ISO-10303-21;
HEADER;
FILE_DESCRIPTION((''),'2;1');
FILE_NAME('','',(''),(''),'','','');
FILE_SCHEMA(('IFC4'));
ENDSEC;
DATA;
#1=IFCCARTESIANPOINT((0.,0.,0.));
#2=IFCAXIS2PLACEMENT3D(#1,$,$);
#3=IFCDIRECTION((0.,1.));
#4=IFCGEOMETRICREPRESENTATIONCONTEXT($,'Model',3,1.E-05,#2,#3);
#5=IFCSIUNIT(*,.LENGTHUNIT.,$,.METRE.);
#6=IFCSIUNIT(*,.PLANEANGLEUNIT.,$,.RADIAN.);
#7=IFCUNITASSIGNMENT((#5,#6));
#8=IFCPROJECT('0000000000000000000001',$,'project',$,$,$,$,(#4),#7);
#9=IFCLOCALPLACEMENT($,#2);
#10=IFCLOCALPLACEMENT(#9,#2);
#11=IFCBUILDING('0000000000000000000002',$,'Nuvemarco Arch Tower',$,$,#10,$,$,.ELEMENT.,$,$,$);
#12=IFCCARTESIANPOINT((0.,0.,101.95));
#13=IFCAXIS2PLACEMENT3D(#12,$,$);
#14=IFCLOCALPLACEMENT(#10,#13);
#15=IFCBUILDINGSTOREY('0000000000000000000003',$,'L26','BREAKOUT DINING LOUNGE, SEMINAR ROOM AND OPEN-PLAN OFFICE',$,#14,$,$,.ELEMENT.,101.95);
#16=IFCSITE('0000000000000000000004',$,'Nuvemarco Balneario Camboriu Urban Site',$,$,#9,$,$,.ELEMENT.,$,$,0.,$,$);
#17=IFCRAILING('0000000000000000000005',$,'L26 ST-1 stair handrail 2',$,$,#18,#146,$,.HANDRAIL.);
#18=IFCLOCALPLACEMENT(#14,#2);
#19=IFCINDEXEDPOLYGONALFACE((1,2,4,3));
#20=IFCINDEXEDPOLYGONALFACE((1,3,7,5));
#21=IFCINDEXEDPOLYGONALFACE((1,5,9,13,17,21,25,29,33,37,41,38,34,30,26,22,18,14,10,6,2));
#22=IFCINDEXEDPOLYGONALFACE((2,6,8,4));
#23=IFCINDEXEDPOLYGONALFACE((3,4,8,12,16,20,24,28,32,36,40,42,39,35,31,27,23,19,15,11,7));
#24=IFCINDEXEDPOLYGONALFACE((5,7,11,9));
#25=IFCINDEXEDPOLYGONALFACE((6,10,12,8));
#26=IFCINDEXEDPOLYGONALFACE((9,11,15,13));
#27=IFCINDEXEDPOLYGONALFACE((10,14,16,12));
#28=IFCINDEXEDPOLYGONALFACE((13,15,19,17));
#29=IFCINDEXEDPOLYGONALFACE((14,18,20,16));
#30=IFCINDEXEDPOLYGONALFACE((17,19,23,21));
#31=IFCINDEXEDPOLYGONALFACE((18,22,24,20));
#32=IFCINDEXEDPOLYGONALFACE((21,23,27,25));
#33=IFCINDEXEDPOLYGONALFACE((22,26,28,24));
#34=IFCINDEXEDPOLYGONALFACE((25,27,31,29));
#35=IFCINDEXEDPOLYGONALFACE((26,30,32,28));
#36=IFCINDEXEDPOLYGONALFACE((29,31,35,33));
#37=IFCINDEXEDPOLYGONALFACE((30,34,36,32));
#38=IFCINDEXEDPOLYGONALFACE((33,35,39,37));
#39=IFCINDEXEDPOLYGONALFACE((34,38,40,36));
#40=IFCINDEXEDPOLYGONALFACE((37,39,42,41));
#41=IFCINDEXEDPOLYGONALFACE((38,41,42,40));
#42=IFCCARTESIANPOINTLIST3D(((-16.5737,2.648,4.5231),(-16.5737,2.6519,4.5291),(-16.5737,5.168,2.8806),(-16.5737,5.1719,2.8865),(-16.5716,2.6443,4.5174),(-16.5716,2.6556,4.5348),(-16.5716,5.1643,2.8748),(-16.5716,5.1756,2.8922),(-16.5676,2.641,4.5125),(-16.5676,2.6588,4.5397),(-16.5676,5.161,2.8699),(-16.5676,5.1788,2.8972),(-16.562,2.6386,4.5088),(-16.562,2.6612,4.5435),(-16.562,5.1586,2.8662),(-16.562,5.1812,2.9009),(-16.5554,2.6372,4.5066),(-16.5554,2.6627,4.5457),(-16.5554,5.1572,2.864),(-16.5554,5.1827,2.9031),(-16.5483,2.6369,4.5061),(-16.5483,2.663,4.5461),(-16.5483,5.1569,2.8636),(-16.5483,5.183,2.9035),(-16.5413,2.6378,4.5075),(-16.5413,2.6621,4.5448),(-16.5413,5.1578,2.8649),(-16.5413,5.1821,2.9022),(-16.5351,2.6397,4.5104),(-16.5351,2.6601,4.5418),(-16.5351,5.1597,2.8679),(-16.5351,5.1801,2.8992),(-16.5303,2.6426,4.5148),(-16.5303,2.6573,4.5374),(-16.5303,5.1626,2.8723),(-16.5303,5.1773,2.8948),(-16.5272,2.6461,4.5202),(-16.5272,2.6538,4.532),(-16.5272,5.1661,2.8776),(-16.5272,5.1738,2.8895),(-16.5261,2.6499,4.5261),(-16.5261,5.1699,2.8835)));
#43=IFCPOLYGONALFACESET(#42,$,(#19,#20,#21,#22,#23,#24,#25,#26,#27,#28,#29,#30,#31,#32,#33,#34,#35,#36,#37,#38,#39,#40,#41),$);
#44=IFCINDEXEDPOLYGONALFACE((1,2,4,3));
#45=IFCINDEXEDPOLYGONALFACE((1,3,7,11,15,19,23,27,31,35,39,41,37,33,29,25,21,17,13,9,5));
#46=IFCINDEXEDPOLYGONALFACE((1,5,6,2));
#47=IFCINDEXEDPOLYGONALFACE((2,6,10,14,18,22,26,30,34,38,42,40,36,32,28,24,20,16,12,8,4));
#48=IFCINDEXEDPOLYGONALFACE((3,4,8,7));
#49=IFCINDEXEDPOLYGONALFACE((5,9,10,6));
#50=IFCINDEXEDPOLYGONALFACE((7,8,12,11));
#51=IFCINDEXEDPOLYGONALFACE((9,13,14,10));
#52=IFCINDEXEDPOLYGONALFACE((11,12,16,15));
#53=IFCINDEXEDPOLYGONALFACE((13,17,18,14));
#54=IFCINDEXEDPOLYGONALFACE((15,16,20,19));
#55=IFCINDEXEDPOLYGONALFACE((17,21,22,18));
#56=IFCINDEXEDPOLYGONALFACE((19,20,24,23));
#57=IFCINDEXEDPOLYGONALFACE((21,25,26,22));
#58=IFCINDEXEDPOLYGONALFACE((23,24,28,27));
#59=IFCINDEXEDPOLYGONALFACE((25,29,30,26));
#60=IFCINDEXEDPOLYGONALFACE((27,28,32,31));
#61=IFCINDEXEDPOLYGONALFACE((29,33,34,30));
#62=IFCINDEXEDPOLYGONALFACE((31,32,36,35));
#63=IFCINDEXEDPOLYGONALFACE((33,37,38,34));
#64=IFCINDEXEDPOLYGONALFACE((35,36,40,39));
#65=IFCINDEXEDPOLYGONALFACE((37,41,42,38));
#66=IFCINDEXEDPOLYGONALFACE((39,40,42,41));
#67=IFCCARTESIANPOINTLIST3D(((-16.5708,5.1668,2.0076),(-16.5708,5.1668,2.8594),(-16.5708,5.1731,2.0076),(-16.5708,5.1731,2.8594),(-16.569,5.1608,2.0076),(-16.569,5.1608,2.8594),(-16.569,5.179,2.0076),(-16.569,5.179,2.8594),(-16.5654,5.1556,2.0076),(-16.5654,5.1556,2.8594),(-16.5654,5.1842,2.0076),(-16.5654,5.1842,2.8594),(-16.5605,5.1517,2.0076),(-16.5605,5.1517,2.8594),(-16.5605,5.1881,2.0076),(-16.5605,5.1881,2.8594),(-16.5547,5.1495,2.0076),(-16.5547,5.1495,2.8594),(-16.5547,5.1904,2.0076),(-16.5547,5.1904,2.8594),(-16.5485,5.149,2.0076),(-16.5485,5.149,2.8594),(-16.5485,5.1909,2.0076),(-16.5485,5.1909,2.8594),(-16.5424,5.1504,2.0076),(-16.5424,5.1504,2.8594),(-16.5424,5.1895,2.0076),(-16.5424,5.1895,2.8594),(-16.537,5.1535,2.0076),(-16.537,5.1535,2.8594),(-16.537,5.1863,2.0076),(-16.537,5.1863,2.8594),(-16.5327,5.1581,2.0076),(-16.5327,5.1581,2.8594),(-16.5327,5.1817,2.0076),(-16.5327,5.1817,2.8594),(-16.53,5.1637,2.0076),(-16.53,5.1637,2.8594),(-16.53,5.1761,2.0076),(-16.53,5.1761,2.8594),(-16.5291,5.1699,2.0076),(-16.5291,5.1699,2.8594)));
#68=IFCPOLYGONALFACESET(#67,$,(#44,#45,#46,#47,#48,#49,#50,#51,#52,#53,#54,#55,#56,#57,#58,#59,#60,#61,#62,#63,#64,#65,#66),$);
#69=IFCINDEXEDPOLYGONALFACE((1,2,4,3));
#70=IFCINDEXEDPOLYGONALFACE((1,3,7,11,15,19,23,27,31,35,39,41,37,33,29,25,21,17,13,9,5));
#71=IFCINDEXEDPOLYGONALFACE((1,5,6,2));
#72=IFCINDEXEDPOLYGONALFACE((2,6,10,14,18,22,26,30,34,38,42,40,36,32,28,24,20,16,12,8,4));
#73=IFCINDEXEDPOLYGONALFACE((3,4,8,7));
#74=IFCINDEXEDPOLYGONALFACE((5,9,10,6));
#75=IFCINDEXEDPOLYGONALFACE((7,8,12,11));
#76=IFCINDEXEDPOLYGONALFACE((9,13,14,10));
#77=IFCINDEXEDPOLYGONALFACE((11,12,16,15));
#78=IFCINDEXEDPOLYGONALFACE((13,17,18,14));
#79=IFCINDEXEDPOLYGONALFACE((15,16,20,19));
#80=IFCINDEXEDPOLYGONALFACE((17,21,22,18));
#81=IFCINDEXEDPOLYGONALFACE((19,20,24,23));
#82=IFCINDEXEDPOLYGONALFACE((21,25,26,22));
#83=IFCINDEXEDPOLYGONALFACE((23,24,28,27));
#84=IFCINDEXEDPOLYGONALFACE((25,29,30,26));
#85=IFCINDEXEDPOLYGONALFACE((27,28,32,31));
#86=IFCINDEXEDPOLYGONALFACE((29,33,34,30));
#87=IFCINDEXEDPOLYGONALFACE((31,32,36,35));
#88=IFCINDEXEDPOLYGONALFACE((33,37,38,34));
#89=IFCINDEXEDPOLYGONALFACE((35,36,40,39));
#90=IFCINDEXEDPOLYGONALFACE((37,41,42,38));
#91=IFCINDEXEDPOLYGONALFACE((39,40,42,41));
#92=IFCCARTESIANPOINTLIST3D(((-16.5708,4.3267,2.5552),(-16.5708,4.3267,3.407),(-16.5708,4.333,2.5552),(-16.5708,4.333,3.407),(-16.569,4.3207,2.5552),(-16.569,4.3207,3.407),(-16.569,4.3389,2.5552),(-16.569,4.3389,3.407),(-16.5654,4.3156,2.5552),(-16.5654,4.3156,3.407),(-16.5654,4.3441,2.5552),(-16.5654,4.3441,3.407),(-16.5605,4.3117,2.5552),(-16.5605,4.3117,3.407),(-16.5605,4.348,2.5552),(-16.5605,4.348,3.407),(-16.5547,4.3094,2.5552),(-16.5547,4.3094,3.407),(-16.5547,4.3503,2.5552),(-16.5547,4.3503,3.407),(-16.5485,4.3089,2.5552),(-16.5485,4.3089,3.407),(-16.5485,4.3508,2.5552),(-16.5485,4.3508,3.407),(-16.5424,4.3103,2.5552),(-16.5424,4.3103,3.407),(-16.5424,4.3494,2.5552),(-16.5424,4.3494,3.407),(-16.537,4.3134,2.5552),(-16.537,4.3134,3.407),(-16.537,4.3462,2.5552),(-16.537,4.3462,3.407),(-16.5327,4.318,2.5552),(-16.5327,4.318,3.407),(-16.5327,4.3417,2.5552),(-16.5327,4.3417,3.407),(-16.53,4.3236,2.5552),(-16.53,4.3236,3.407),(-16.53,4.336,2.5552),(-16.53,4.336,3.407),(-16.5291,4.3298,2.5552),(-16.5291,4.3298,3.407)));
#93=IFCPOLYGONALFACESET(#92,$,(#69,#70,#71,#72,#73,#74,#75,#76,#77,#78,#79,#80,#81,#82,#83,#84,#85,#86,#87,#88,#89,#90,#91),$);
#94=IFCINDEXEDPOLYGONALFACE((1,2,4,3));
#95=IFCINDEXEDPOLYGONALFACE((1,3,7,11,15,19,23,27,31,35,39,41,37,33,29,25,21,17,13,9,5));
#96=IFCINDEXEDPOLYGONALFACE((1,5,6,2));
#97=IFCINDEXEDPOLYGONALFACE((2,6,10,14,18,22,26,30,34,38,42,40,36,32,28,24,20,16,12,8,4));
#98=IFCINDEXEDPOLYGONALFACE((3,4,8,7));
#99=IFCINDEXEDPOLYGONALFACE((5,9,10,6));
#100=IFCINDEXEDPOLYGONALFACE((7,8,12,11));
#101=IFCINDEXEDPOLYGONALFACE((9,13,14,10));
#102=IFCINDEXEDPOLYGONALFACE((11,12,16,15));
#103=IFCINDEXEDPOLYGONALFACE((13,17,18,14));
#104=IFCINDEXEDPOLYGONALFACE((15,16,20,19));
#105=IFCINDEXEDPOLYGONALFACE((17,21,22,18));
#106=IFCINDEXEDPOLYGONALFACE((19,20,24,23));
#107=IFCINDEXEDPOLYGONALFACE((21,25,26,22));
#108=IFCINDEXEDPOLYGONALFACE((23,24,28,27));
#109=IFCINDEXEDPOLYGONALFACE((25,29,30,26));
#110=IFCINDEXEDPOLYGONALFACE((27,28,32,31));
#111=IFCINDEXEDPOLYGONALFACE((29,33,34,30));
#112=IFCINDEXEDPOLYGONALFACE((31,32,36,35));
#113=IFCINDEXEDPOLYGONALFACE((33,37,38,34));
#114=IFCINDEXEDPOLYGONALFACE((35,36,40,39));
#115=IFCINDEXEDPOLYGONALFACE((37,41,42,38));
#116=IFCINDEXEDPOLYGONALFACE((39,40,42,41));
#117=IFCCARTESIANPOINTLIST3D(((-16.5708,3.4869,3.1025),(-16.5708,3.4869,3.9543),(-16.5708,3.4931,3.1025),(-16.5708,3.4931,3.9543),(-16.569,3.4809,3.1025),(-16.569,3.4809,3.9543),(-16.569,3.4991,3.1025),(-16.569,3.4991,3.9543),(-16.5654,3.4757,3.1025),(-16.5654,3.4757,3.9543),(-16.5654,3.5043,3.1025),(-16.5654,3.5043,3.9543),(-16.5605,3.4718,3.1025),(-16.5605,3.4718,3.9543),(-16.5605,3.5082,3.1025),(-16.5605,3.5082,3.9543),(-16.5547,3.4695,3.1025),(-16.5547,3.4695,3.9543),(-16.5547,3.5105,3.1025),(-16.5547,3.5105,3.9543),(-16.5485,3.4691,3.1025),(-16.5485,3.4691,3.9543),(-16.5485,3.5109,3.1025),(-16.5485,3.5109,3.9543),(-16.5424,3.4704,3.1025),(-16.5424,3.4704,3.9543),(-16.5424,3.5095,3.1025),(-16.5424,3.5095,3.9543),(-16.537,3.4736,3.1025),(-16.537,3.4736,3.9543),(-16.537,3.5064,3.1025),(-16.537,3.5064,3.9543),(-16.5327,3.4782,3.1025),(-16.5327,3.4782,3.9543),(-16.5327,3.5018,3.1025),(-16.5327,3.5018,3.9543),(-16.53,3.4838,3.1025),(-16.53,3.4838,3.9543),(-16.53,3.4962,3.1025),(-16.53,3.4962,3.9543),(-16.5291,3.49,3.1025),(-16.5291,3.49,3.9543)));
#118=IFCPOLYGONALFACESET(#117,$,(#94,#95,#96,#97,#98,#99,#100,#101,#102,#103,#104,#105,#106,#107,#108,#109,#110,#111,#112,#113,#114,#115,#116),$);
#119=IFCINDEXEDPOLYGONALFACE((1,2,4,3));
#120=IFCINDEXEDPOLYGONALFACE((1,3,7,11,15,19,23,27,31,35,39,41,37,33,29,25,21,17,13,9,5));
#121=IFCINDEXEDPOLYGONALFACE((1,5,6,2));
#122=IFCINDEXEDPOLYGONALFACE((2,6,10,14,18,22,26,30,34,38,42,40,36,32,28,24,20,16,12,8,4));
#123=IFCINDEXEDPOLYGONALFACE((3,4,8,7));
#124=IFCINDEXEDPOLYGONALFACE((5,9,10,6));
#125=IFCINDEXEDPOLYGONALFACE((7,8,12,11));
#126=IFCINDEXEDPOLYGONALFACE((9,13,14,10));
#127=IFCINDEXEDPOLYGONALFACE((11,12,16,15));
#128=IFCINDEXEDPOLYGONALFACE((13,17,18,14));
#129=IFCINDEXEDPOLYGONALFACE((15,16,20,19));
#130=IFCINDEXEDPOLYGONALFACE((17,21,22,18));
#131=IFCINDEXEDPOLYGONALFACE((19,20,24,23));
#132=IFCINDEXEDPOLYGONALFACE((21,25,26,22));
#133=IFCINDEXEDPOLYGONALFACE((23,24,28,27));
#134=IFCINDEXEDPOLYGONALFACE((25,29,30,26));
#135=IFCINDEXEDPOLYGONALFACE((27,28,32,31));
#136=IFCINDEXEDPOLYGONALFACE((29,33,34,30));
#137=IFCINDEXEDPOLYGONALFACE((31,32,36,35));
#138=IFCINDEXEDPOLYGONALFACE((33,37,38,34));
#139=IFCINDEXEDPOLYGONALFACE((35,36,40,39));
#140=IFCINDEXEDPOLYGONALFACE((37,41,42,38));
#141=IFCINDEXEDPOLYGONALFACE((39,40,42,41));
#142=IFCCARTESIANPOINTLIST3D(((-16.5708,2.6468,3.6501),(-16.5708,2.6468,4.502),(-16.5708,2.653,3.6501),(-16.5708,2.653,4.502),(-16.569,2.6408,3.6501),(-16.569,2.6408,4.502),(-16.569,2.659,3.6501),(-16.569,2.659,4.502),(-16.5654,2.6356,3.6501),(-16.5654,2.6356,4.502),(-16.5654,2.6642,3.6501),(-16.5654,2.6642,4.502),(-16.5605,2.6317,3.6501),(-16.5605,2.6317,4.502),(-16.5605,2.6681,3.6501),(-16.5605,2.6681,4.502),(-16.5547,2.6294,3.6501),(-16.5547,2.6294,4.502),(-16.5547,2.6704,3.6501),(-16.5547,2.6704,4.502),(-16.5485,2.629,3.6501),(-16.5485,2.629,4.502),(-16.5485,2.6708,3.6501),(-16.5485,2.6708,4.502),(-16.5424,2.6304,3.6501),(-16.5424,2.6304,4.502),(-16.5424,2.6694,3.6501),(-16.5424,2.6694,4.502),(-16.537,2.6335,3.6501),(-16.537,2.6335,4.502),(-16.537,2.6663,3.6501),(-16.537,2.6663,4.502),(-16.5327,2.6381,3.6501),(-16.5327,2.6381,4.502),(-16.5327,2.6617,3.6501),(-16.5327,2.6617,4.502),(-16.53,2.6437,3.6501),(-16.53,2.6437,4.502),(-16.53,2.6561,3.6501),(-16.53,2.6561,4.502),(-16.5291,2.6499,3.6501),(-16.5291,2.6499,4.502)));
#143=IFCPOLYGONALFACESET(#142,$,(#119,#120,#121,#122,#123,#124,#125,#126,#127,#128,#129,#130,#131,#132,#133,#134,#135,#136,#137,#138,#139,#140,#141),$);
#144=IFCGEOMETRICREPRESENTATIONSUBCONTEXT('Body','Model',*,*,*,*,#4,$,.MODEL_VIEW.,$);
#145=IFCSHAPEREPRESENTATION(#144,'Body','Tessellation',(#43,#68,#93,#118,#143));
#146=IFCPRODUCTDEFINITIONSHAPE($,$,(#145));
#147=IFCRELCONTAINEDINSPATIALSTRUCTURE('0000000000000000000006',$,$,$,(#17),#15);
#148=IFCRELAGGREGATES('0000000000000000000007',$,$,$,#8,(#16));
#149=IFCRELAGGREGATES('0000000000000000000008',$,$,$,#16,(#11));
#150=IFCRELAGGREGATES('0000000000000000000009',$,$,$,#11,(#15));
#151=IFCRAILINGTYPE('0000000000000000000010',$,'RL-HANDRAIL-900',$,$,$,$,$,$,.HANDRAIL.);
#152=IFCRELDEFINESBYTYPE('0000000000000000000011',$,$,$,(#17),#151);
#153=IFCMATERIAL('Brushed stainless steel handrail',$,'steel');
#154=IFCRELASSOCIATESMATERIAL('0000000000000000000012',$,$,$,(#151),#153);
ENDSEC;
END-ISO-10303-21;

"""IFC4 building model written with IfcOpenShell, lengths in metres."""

from ifc_helpers import new_model, si_unit, direction, frame, origin, origin_2d, place, context, subcontext, project, spatial, circle, extrude, material, type_object, element, save


model = new_model("IFC4")

# Units and contexts
model_context = context("Model", 3, precision=1e-05, world=origin(), true_north=direction((0.0, 1.0)))
body_context = subcontext(model_context, "Body", "Model", "MODEL_VIEW")
ifc_project = project(units=[si_unit("LENGTHUNIT", "METRE"), si_unit("PLANEANGLEUNIT", "RADIAN")], contexts=[model_context])

# Site, building, storey
site_placement = place(None, origin())
site = spatial("IfcSite", under=ifc_project, at=site_placement, Name="Nuvemarco Balneario Camboriu Urban Site", CompositionType="ELEMENT", RefElevation=0.0)
building_placement = place(site_placement, origin())
building = spatial("IfcBuilding", under=site, at=building_placement, Name="Nuvemarco Arch Tower", CompositionType="ELEMENT")
storey_placement = place(building_placement, frame((0.0, 0.0, 101.95)))
storey = spatial("IfcBuildingStorey", under=building, at=storey_placement, Name="L26", Description="BREAKOUT DINING LOUNGE, SEMINAR ROOM AND OPEN-PLAN OFFICE", CompositionType="ELEMENT", Elevation=101.95)

# Railing
ifc_material_1 = material(Name="Brushed stainless steel handrail", Category="steel")
railing_type_1 = type_object("IfcRailingType", Name="RL-HANDRAIL-900", PredefinedType="HANDRAIL", material=ifc_material_1)
railing_1_placement = place(storey_placement, frame((-16.55, 5.1699, 2.0076)))
element("IfcRailing", 1, at=railing_1_placement, inside=storey, type_object=railing_type_1, Name="L26 ST-1 stair handrail 2", PredefinedType="HANDRAIL", context=body_context, shape_type="SweptSolid", body=[
    extrude(circle(Radius=0.0239, at=origin_2d()), frame((0.0, 0.0, 0.876), z_axis=(0.0, -0.837749, 0.546055), x_axis=(1.0, 0.0, 0.0)), (0.0, 0.0, 1.0), 3.0081),
    extrude(circle(Radius=0.021, at=origin_2d()), origin(), (0.0, 0.0, 1.0), 0.8518),
    extrude(circle(Radius=0.021, at=origin_2d()), frame((0.0, -0.8401, 0.5476)), (0.0, 0.0, 1.0), 0.8518),
    extrude(circle(Radius=0.021, at=origin_2d()), frame((0.0, -1.6799, 1.095)), (0.0, 0.0, 1.0), 0.8518),
    extrude(circle(Radius=0.021, at=origin_2d()), frame((0.0, -2.52, 1.6426)), (0.0, 0.0, 1.0), 0.8518),
])

save(model, "model.ifc")
